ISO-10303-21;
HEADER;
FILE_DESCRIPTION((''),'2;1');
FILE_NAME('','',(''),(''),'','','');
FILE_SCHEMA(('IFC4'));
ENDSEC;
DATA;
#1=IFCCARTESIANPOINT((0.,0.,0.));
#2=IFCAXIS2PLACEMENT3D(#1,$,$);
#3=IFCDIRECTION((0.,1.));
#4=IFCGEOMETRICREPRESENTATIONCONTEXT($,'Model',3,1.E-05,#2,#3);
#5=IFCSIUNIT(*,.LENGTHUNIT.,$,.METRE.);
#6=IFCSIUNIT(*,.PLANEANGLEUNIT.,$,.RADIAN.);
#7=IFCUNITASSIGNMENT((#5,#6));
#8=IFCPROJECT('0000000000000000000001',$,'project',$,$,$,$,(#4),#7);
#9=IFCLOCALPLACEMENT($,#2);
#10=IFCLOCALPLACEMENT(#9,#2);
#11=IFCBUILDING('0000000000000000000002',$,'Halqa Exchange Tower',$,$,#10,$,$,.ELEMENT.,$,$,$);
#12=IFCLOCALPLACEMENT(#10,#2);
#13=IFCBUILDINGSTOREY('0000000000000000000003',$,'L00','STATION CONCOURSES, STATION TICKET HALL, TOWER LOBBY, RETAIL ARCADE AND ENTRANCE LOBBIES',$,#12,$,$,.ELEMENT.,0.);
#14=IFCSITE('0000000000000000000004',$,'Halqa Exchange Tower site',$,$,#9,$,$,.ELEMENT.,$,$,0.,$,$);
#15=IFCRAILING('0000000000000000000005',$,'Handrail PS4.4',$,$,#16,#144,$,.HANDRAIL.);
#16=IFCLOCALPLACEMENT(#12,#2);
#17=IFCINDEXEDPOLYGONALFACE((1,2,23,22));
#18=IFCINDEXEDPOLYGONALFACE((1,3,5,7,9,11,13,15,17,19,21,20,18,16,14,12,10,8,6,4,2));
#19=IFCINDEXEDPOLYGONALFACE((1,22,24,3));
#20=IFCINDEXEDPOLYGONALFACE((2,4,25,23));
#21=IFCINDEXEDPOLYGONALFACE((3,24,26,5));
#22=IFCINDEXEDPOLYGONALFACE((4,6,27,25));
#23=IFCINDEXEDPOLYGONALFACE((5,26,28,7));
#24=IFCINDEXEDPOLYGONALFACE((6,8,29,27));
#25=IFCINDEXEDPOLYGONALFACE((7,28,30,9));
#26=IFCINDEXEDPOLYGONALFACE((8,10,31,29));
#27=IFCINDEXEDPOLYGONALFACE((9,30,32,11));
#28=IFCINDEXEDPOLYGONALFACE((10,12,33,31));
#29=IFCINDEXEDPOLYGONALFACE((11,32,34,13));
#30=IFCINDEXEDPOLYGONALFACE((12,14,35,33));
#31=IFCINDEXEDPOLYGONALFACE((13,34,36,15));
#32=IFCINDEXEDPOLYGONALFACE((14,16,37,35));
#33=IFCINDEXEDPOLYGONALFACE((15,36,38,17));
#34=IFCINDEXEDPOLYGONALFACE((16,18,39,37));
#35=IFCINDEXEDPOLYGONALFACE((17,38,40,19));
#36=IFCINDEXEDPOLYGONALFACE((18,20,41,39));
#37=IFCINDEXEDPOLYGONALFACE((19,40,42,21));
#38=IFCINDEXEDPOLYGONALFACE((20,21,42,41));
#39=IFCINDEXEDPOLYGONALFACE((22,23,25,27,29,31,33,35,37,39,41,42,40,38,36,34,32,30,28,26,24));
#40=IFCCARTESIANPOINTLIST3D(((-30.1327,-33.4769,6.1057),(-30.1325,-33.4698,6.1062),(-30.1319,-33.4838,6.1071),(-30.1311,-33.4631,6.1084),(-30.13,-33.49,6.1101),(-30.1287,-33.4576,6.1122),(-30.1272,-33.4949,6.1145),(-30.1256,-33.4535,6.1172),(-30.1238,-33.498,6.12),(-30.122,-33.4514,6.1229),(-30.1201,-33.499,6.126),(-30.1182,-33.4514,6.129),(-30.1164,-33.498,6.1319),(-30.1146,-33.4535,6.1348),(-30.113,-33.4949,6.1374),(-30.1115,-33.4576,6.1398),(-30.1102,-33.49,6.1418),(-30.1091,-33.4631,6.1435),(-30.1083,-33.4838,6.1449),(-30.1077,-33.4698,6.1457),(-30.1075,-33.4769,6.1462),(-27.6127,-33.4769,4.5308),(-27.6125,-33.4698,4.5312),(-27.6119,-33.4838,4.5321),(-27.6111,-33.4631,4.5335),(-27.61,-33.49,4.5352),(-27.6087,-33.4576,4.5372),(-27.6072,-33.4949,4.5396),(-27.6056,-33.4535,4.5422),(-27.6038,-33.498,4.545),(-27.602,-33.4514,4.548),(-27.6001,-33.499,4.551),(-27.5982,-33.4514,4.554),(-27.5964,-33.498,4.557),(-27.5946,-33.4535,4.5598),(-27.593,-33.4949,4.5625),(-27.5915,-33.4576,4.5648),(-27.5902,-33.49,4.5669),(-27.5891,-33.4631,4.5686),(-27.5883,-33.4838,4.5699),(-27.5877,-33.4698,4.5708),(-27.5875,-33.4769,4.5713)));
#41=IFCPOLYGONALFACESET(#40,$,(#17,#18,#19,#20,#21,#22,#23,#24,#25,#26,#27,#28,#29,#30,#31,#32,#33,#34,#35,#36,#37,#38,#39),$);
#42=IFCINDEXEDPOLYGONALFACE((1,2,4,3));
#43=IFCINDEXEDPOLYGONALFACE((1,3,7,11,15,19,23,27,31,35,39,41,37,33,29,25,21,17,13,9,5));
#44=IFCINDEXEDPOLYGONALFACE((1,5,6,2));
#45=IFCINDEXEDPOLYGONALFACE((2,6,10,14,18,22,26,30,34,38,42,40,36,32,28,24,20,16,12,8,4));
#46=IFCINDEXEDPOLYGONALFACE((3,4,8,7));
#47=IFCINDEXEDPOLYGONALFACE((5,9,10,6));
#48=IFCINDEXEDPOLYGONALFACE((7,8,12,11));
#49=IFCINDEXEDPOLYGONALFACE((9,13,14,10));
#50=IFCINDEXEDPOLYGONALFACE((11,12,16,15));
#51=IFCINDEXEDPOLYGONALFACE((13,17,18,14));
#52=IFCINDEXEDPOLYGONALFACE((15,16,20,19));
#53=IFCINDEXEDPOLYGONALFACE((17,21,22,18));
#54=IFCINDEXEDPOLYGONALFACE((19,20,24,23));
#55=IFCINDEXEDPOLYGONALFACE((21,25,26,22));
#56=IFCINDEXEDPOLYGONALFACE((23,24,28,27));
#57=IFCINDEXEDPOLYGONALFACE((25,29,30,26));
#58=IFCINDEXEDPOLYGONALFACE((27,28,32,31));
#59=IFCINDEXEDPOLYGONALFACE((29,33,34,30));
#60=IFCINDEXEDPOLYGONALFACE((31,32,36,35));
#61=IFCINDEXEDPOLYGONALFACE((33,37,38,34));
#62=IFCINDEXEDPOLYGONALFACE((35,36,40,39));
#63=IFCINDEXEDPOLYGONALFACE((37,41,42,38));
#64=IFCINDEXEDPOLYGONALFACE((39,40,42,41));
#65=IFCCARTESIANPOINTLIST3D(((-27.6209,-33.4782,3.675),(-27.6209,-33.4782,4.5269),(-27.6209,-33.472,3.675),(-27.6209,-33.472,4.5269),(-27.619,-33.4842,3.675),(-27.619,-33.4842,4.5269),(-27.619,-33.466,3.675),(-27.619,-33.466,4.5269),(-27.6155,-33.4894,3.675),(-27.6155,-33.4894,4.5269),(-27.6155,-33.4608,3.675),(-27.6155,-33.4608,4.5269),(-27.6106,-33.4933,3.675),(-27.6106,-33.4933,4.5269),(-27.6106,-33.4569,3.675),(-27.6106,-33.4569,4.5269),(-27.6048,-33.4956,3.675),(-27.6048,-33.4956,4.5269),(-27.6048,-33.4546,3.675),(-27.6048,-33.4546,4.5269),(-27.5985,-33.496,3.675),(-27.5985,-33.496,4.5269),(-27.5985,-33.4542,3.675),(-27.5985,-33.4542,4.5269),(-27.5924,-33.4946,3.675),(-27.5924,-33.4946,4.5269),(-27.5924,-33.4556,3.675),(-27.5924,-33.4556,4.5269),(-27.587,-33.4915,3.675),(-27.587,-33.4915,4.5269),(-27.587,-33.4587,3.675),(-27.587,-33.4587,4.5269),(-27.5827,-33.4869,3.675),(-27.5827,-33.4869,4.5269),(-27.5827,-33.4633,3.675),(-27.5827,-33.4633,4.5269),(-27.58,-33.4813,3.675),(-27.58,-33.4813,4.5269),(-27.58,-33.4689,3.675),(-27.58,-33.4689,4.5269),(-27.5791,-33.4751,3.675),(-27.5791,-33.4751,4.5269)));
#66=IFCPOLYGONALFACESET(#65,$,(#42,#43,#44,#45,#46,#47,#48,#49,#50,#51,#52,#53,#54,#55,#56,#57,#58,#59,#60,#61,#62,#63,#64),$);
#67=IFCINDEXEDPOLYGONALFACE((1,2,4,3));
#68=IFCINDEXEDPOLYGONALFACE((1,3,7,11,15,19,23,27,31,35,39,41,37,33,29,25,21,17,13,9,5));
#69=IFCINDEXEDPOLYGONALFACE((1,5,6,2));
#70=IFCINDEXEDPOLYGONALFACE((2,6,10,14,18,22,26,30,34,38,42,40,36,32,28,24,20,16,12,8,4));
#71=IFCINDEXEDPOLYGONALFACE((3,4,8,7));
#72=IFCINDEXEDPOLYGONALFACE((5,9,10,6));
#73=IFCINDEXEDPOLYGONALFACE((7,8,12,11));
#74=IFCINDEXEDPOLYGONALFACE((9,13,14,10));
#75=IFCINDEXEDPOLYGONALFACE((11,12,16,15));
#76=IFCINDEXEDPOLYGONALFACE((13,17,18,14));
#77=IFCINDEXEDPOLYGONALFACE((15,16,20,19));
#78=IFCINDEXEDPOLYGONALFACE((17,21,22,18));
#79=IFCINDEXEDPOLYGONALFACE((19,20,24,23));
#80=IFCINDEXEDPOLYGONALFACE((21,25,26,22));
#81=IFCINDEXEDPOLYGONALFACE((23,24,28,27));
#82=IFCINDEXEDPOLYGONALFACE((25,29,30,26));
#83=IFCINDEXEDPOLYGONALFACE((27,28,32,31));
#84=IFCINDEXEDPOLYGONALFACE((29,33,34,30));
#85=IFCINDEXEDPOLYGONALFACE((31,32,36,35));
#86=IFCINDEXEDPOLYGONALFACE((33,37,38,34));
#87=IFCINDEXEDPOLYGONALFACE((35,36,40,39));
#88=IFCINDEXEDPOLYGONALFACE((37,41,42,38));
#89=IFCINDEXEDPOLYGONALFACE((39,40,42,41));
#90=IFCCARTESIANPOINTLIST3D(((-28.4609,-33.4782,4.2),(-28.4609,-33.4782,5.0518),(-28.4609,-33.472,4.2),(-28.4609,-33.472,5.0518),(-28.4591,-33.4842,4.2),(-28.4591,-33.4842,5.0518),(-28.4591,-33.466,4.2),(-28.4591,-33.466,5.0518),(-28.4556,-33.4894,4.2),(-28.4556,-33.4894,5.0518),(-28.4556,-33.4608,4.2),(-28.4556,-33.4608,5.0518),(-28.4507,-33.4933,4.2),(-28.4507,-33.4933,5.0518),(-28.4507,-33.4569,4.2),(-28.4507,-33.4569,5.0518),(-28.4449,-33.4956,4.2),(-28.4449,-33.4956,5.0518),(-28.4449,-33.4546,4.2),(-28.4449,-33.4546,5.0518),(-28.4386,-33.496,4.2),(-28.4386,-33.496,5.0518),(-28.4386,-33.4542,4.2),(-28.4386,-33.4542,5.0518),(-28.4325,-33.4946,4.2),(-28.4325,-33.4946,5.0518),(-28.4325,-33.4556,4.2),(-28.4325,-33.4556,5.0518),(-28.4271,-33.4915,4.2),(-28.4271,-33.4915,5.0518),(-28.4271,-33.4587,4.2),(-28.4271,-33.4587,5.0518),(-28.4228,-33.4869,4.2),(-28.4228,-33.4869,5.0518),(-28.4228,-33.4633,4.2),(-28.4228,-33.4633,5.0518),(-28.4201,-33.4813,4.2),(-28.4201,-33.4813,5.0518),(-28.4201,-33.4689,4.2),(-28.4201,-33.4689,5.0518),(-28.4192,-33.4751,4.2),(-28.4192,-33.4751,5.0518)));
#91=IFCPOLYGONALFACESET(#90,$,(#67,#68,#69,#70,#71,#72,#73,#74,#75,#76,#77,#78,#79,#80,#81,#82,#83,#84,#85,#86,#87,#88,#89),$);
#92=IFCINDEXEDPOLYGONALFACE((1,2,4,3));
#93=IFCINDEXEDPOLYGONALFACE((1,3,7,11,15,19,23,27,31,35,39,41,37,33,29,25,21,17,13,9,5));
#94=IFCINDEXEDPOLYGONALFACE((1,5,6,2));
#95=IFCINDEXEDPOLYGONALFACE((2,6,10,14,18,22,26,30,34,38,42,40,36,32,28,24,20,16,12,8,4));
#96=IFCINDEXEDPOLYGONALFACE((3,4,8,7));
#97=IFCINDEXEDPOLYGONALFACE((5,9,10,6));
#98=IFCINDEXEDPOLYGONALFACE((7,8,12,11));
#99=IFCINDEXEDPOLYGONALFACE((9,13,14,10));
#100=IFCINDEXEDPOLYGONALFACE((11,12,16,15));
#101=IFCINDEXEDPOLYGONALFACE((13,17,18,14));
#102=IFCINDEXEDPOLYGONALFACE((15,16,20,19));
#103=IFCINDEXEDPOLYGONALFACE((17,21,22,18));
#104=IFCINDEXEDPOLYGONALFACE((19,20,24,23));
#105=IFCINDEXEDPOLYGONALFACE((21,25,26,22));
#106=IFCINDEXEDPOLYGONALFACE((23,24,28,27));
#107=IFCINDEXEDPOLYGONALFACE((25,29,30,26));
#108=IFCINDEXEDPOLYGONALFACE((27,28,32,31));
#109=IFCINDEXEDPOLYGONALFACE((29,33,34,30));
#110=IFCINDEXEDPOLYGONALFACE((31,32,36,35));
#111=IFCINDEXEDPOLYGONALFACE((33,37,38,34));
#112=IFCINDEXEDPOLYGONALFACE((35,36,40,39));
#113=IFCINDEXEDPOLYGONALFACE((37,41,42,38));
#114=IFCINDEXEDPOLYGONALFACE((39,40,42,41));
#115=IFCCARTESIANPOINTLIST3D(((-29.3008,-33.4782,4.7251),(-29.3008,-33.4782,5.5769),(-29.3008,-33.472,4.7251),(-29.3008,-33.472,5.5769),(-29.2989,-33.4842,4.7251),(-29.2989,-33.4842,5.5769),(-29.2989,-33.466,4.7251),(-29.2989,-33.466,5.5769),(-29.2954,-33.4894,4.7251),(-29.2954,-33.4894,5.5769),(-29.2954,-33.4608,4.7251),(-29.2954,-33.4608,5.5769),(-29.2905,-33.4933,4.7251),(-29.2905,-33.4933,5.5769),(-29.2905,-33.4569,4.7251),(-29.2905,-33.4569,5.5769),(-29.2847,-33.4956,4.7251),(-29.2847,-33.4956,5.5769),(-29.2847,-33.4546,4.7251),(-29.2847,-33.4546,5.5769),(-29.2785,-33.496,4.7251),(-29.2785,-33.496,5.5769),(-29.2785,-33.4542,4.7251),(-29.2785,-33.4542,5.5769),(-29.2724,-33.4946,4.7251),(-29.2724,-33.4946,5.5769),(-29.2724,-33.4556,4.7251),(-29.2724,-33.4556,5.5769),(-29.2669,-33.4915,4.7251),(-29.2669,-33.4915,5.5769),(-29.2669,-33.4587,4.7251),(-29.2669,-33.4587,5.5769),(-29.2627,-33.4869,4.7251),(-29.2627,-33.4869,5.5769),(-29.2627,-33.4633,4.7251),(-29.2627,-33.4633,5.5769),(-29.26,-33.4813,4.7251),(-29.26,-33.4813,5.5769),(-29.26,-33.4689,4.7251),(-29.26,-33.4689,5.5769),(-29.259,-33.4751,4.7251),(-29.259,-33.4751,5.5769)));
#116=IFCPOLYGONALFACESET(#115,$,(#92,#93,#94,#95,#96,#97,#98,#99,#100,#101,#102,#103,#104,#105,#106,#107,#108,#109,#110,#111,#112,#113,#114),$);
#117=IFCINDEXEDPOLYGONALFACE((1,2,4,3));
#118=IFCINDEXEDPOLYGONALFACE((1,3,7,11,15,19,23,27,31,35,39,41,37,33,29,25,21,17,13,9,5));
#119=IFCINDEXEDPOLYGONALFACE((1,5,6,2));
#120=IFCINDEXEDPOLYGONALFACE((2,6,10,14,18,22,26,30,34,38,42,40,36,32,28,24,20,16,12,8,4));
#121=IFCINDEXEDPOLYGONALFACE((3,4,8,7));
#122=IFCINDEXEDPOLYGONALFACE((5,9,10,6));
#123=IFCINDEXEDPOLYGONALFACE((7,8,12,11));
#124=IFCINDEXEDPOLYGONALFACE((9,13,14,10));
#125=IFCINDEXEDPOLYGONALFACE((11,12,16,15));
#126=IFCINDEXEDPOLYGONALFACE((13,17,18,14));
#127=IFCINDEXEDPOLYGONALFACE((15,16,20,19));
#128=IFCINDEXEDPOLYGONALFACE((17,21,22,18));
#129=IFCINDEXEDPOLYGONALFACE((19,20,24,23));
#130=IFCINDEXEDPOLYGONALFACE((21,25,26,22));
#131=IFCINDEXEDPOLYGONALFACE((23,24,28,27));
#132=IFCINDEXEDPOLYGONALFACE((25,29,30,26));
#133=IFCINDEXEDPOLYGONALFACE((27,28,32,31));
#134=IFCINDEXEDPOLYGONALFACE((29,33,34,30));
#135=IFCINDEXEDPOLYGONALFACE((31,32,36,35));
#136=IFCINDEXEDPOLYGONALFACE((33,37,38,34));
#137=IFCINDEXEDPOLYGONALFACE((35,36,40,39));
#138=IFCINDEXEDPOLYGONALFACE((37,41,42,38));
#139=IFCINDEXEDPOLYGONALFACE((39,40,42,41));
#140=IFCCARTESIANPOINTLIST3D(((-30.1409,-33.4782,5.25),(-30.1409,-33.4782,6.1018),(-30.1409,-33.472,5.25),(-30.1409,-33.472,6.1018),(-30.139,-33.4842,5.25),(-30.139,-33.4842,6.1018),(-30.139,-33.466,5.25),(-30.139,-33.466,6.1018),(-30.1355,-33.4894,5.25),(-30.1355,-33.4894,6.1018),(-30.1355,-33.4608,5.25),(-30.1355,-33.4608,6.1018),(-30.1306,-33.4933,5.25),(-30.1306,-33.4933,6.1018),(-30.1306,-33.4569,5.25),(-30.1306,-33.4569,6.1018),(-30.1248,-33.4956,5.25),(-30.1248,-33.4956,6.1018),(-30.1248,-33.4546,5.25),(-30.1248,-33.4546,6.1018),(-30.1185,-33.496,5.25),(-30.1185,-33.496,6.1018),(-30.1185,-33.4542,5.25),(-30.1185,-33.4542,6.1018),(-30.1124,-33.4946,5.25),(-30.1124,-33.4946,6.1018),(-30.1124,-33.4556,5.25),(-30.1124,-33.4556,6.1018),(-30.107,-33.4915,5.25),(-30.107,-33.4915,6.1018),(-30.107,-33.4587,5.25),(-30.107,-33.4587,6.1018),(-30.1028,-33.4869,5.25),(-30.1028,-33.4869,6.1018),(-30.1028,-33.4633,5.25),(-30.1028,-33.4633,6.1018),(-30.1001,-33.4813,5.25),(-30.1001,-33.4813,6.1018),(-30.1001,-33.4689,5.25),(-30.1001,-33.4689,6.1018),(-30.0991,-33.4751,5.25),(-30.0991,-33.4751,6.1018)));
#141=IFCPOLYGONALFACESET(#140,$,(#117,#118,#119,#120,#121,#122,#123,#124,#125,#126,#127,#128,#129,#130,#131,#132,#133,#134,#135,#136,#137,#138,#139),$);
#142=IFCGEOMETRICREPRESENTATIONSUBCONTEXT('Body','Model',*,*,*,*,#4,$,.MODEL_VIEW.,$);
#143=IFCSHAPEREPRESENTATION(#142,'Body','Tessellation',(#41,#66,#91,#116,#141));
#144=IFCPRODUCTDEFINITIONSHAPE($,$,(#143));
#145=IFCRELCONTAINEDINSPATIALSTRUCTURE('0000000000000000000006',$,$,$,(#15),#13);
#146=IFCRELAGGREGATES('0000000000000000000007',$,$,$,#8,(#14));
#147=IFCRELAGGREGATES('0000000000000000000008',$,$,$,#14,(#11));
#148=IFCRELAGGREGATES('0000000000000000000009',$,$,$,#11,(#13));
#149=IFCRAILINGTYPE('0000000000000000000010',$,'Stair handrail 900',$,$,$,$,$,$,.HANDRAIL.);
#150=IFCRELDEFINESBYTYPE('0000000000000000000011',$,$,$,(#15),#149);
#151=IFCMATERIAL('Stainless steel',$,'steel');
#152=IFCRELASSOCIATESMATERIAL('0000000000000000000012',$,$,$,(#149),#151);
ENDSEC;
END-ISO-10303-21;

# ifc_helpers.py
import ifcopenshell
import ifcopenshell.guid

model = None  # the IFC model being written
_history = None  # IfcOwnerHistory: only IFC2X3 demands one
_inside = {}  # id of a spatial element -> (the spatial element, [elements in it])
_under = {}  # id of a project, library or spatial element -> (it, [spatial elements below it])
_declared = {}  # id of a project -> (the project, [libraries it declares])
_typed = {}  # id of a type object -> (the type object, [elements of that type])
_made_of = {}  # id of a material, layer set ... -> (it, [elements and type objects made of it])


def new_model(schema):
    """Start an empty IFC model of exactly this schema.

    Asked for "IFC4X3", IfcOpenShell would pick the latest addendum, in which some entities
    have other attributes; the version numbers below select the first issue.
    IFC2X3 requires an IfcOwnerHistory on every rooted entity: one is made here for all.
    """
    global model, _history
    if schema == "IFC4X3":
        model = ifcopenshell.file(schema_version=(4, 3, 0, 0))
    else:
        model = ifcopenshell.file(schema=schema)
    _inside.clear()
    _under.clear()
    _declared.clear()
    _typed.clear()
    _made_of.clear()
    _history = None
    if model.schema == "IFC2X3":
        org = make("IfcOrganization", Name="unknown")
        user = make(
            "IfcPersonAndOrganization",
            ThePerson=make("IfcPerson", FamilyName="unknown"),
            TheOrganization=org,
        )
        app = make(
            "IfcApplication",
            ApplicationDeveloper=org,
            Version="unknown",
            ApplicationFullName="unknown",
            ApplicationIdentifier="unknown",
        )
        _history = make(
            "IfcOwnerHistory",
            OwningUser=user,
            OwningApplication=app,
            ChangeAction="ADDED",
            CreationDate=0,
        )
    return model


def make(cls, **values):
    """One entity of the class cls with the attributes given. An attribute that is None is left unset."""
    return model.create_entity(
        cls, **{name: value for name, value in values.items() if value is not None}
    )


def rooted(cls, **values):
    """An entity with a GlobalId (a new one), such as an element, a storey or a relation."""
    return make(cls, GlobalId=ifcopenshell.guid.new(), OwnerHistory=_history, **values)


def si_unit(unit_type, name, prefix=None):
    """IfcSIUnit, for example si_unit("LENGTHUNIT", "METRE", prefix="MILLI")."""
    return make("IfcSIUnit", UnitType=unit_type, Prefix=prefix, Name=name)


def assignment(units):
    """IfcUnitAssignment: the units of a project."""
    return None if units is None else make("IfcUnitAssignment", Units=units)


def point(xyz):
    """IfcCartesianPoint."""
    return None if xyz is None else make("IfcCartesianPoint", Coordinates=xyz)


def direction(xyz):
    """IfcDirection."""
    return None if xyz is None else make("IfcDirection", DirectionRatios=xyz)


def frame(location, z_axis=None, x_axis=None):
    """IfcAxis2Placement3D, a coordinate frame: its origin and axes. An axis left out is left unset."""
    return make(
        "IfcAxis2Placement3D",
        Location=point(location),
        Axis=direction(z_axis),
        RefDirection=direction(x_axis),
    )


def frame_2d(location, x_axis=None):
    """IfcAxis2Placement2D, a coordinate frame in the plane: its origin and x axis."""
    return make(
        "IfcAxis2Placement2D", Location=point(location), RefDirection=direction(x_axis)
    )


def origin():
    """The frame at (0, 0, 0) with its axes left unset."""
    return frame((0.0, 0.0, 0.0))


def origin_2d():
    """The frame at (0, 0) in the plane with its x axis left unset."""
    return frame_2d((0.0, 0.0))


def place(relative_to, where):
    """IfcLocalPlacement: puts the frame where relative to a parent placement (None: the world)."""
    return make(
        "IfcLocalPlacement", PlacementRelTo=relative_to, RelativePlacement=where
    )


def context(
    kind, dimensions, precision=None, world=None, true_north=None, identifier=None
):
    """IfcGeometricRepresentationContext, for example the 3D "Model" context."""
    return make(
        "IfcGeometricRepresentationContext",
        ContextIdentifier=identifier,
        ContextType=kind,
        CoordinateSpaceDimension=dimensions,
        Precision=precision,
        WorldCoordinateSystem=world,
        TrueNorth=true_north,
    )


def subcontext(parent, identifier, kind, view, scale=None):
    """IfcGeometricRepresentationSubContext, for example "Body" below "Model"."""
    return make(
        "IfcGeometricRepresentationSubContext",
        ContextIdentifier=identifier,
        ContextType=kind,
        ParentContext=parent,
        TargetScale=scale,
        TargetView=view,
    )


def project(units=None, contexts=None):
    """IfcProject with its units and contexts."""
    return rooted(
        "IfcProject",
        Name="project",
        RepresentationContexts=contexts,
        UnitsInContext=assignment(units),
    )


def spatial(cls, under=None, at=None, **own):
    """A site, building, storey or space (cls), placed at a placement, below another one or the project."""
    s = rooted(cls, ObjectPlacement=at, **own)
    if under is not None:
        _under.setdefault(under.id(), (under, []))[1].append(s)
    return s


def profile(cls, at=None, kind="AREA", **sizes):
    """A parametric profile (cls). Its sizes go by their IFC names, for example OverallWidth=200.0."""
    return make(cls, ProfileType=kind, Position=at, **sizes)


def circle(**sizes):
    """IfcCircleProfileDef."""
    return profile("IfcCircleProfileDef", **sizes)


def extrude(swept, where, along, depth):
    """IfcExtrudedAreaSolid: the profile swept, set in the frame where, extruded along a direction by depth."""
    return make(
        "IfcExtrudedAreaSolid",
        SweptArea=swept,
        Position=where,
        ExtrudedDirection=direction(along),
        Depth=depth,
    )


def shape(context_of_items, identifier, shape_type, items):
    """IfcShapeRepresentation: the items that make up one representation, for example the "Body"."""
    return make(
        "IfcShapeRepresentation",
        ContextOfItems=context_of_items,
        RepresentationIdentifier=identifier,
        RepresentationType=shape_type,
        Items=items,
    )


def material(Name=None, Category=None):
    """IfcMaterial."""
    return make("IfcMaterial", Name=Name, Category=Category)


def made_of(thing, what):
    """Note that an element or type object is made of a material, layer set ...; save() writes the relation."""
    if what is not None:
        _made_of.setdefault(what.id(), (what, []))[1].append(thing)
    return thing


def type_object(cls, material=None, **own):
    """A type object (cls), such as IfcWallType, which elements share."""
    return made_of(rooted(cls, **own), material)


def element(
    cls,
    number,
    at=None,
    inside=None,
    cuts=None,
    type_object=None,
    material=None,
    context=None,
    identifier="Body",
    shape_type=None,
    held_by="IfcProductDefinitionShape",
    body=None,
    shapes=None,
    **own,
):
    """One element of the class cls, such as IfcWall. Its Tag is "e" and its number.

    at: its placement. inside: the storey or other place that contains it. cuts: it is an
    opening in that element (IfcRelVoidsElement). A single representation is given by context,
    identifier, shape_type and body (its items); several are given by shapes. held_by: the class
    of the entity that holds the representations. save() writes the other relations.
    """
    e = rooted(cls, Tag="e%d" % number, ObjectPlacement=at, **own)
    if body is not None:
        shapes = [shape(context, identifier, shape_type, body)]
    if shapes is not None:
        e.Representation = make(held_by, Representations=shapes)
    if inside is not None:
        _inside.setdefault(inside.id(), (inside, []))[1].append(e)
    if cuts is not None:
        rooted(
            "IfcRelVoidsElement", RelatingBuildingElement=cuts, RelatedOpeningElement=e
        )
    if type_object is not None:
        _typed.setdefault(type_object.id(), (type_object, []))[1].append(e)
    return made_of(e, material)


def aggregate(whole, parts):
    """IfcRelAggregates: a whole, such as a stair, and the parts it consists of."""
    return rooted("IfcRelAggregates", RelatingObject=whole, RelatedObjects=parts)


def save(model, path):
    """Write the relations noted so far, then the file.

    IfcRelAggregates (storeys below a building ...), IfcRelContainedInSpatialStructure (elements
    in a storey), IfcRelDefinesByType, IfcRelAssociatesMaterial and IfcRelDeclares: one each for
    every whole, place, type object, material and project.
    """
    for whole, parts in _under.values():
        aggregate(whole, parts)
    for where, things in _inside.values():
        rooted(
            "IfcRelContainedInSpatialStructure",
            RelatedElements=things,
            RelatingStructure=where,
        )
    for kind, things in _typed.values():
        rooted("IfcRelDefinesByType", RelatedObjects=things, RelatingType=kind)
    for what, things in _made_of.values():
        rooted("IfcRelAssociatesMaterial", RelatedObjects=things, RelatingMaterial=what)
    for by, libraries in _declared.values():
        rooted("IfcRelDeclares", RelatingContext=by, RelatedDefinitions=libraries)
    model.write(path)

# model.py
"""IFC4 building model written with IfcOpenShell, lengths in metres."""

from ifc_helpers import new_model, si_unit, direction, frame, origin, origin_2d, place, context, subcontext, project, spatial, circle, extrude, material, type_object, element, save


model = new_model("IFC4")

# Units and contexts
model_context = context("Model", 3, precision=1e-05, world=origin(), true_north=direction((0.0, 1.0)))
body_context = subcontext(model_context, "Body", "Model", "MODEL_VIEW")
ifc_project = project(units=[si_unit("LENGTHUNIT", "METRE"), si_unit("PLANEANGLEUNIT", "RADIAN")], contexts=[model_context])

# Site, building, storey
site_placement = place(None, origin())
site = spatial("IfcSite", under=ifc_project, at=site_placement, Name="Halqa Exchange Tower site", CompositionType="ELEMENT", RefElevation=0.0)
building_placement = place(site_placement, origin())
building = spatial("IfcBuilding", under=site, at=building_placement, Name="Halqa Exchange Tower", CompositionType="ELEMENT")
storey_placement = place(building_placement, origin())
storey = spatial("IfcBuildingStorey", under=building, at=storey_placement, Name="L00", Description="STATION CONCOURSES, STATION TICKET HALL, TOWER LOBBY, RETAIL ARCADE AND ENTRANCE LOBBIES", CompositionType="ELEMENT", Elevation=0.0)

# Railing
ifc_material_1 = material(Name="Stainless steel", Category="steel")
railing_type = type_object("IfcRailingType", Name="Stair handrail 900", PredefinedType="HANDRAIL", material=ifc_material_1)
for number, where, name in (
    (1, (-27.6001, -33.4751, 3.675), "Handrail PS4.4"),
):
    element("IfcRailing", number, at=place(storey_placement, frame(where)), inside=storey, type_object=railing_type, Name=name, PredefinedType="HANDRAIL", context=body_context, shape_type="SweptSolid", body=[
        extrude(circle(Radius=0.0239, at=origin_2d()), frame((0.0, 0.0, 0.876), z_axis=(-0.848008, 0.0, 0.529984), x_axis=(0.0, -1.0, 0.0)), (0.0, 0.0, 1.0), 2.9717),
        extrude(circle(Radius=0.021, at=origin_2d()), origin(), (0.0, 0.0, 1.0), 0.8518),
        extrude(circle(Radius=0.021, at=origin_2d()), frame((-0.8401, 0.0, 0.5249)), (0.0, 0.0, 1.0), 0.8518),
        extrude(circle(Radius=0.021, at=origin_2d()), frame((-1.6799, 0.0, 1.05)), (0.0, 0.0, 1.0), 0.8518),
        extrude(circle(Radius=0.021, at=origin_2d()), frame((-2.52, 0.0, 1.575)), (0.0, 0.0, 1.0), 0.8518),
    ])

save(model, "model.ifc")
